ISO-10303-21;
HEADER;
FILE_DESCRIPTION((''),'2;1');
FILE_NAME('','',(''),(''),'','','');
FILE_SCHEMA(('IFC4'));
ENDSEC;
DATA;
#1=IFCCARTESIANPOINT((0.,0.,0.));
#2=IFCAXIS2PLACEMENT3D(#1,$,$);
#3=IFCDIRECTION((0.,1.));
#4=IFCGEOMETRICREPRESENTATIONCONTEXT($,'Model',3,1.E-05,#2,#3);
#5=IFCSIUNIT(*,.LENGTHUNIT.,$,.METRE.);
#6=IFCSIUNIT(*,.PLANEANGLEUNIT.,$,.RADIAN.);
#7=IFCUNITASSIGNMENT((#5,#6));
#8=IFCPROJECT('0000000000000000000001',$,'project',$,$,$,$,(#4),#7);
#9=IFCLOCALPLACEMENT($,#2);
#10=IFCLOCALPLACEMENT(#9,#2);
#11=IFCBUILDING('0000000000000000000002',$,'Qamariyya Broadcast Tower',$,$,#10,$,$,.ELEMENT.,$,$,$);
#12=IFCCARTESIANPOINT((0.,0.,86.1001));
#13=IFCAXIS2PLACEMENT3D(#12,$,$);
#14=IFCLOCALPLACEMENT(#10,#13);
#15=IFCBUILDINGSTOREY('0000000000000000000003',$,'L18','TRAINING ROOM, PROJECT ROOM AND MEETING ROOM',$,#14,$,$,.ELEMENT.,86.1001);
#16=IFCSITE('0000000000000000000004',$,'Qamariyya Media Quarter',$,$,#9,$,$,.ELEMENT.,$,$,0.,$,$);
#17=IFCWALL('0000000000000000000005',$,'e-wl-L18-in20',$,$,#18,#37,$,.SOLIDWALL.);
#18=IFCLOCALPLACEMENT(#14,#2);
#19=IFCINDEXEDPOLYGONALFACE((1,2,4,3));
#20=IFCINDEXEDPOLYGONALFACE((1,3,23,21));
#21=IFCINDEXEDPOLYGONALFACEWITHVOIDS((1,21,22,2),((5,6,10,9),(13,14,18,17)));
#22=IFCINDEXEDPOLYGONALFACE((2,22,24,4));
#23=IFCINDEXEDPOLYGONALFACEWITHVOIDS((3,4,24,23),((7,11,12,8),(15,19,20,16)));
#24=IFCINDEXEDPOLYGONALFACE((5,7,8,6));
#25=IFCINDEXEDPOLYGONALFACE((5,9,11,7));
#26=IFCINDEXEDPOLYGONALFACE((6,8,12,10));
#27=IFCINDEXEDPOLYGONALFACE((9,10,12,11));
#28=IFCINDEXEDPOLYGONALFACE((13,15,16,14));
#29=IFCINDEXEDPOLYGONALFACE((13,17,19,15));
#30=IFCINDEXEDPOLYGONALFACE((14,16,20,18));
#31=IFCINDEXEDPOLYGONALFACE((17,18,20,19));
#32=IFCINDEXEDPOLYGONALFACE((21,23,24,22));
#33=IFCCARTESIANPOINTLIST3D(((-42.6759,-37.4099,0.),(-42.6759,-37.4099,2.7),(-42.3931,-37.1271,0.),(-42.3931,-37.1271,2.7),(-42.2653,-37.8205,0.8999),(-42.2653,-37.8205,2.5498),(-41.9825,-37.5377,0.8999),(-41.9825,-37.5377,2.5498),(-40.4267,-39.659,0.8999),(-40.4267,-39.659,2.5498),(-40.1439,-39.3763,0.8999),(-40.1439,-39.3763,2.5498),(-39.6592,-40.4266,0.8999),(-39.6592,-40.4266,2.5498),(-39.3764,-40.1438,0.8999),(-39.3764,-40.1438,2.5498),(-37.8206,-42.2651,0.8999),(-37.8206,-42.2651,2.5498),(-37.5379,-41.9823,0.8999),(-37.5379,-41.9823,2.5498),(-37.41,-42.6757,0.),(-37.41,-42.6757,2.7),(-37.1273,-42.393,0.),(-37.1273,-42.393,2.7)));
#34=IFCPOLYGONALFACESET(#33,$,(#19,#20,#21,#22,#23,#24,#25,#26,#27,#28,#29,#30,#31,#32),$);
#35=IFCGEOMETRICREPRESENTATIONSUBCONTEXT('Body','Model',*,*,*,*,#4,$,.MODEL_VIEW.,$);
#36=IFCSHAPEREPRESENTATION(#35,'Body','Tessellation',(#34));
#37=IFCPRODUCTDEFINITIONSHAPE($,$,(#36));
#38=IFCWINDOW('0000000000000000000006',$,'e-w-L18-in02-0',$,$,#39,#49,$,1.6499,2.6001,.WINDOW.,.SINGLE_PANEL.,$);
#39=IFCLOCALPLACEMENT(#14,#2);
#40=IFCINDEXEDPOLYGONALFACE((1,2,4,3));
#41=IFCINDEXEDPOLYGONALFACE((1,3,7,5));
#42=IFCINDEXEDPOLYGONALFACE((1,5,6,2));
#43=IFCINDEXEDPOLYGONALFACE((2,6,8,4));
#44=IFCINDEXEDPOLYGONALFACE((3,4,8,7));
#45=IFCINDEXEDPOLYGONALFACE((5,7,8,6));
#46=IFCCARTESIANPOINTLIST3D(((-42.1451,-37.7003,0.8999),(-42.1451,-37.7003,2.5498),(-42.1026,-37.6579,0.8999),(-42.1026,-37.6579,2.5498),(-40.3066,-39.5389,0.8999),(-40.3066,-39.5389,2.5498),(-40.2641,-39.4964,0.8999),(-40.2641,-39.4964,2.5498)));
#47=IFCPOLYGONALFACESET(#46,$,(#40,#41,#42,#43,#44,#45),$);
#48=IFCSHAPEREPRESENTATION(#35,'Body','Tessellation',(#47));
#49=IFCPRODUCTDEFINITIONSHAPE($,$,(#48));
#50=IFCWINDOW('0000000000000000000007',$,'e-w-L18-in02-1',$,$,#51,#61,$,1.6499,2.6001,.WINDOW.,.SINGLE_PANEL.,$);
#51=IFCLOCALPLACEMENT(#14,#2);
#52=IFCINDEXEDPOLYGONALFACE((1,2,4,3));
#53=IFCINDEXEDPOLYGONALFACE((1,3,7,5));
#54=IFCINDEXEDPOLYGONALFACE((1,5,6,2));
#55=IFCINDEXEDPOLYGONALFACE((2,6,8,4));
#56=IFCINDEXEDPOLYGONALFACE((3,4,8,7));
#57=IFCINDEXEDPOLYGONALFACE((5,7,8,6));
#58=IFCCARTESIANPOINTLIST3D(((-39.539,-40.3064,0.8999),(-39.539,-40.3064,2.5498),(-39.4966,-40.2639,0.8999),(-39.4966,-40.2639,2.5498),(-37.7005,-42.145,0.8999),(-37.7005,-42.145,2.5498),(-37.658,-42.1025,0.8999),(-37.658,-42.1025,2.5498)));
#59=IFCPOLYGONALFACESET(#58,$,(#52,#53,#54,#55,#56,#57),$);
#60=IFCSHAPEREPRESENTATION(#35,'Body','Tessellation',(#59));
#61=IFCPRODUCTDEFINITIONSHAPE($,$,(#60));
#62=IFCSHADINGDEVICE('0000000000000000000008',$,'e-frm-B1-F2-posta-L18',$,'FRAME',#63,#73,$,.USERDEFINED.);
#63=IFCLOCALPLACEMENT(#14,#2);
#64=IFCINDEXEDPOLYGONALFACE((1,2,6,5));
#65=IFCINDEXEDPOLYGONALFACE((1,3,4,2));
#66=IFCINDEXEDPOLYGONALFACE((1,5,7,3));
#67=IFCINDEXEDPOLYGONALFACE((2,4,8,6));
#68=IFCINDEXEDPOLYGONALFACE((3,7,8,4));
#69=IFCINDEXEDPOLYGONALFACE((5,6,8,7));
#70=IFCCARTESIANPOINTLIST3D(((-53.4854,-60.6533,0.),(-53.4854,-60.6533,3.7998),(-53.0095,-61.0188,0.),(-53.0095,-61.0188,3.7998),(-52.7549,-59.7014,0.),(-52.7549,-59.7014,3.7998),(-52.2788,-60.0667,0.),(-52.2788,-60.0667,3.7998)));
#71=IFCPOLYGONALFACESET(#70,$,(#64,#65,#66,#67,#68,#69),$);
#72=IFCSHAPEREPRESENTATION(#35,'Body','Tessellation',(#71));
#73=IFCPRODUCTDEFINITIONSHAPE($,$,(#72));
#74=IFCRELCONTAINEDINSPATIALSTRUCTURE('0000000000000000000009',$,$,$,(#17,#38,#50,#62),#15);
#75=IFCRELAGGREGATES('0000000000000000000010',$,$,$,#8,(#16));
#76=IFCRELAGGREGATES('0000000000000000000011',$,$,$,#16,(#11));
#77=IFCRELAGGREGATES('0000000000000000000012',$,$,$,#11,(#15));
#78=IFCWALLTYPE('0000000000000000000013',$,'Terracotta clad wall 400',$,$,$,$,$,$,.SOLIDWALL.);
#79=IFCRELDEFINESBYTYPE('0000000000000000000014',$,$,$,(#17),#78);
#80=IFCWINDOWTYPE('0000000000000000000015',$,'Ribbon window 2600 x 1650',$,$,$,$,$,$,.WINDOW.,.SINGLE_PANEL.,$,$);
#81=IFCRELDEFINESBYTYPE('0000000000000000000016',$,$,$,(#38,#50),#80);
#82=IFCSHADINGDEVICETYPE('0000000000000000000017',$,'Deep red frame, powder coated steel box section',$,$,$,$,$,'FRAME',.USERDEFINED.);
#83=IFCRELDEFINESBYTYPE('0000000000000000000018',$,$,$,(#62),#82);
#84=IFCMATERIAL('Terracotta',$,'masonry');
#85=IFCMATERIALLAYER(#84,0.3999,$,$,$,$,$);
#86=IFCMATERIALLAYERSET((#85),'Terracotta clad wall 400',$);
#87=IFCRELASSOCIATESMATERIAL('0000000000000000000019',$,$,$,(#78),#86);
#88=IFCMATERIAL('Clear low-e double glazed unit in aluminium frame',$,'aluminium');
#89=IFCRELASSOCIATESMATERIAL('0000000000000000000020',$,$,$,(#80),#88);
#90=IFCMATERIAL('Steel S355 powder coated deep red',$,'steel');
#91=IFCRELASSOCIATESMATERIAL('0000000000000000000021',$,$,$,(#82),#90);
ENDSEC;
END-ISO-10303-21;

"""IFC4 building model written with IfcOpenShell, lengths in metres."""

from ifc_helpers import new_model, si_unit, direction, frame, frame_2d, origin, place, context, subcontext, project, spatial, polyline, rectangle, outline, extrude, material, layer, layer_set, type_object, element, fill, save


model = new_model("IFC4")

# Units and contexts
model_context = context("Model", 3, precision=1e-05, world=origin(), true_north=direction((0.0, 1.0)))
body_context = subcontext(model_context, "Body", "Model", "MODEL_VIEW")
ifc_project = project(units=[si_unit("LENGTHUNIT", "METRE"), si_unit("PLANEANGLEUNIT", "RADIAN")], contexts=[model_context])

# Site, building, storey
site_placement = place(None, origin())
site = spatial("IfcSite", under=ifc_project, at=site_placement, Name="Qamariyya Media Quarter", CompositionType="ELEMENT", RefElevation=0.0)
building_placement = place(site_placement, origin())
building = spatial("IfcBuilding", under=site, at=building_placement, Name="Qamariyya Broadcast Tower", CompositionType="ELEMENT")
storey_placement = place(building_placement, frame((0.0, 0.0, 86.1001)))
storey = spatial("IfcBuildingStorey", under=building, at=storey_placement, Name="L18", Description="TRAINING ROOM, PROJECT ROOM AND MEETING ROOM", CompositionType="ELEMENT", Elevation=86.1001)

# Wall, openings, windows
ifc_material_1 = material(Name="Terracotta", Category="masonry")
ifc_layer_1 = layer(ifc_material_1, 0.3999)
ifc_layer_set_1 = layer_set([ifc_layer_1], Name="Terracotta clad wall 400")
wall_type = type_object("IfcWallType", Name="Terracotta clad wall 400", PredefinedType="SOLIDWALL", material=ifc_layer_set_1)
wall_placement = place(storey_placement, frame((-37.2686, -42.5344, 0.0), z_axis=(0.0, 0.0, 1.0), x_axis=(-0.707107, 0.707107, 0.0)))
wall = element("IfcWall", 1, at=wall_placement, inside=storey, type_object=wall_type, Name="e-wl-L18-in20", PredefinedType="SOLIDWALL", context=body_context, shape_type="SweptSolid", body=[
    extrude(rectangle(XDim=7.447, YDim=0.3999, at=frame_2d((3.7236, 0.0))), origin(), (0.0, 0.0, 1.0), 2.7),
])
opening_1_placement = place(wall_placement, frame((4.2664, 0.0, 0.8999)))
opening_1 = element("IfcOpeningElement", 2, at=opening_1_placement, cuts=wall, PredefinedType="OPENING", context=body_context, shape_type="SweptSolid", body=[
    extrude(rectangle(XDim=2.6001, YDim=1.6499, at=frame_2d((1.3, 0.825))), frame((0.0, 0.21, 0.0), z_axis=(0.0, -1.0, 0.0), x_axis=(1.0, 0.0, 0.0)), (0.0, 0.0, 1.0), 0.4199),
])
opening_2_placement = place(wall_placement, frame((0.5808, 0.0, 0.8999)))
opening_2 = element("IfcOpeningElement", 3, at=opening_2_placement, cuts=wall, PredefinedType="OPENING", context=body_context, shape_type="SweptSolid", body=[
    extrude(rectangle(XDim=2.6001, YDim=1.6499, at=frame_2d((1.3, 0.825))), frame((0.0, 0.21, 0.0), z_axis=(0.0, -1.0, 0.0), x_axis=(1.0, 0.0, 0.0)), (0.0, 0.0, 1.0), 0.4199),
])
ifc_material_2 = material(Name="Clear low-e double glazed unit in aluminium frame", Category="aluminium")
window_type = type_object("IfcWindowType", Name="Ribbon window 2600 x 1650", PartitioningType="SINGLE_PANEL", PredefinedType="WINDOW", material=ifc_material_2)
window_1_placement = place(opening_1_placement, origin())
window_1 = element("IfcWindow", 4, at=window_1_placement, inside=storey, type_object=window_type, Name="e-w-L18-in02-0", OverallHeight=1.6499, OverallWidth=2.6001, PartitioningType="SINGLE_PANEL", PredefinedType="WINDOW", context=body_context, shape_type="SweptSolid", body=[
    extrude(rectangle(XDim=2.6001, YDim=1.6499, at=frame_2d((1.3, 0.825))), frame((0.0, 0.03, 0.0), z_axis=(0.0, -1.0, 0.0), x_axis=(1.0, 0.0, 0.0)), (0.0, 0.0, 1.0), 0.0601),
])
fill(opening_1, window_1)
window_2_placement = place(opening_2_placement, origin())
window_2 = element("IfcWindow", 5, at=window_2_placement, inside=storey, type_object=window_type, Name="e-w-L18-in02-1", OverallHeight=1.6499, OverallWidth=2.6001, PartitioningType="SINGLE_PANEL", PredefinedType="WINDOW", context=body_context, shape_type="SweptSolid", body=[
    extrude(rectangle(XDim=2.6001, YDim=1.6499, at=frame_2d((1.3, 0.825))), frame((0.0, 0.03, 0.0), z_axis=(0.0, -1.0, 0.0), x_axis=(1.0, 0.0, 0.0)), (0.0, 0.0, 1.0), 0.0601),
])
fill(opening_2, window_2)

# Shading device
ifc_material_3 = material(Name="Steel S355 powder coated deep red", Category="steel")
shading_device_type = type_object("IfcShadingDeviceType", Name="Deep red frame, powder coated steel box section", ElementType="FRAME", PredefinedType="USERDEFINED", material=ifc_material_3)
shading_device_placement = place(storey_placement, origin())
element("IfcShadingDevice", 6, at=shading_device_placement, inside=storey, type_object=shading_device_type, Name="e-frm-B1-F2-posta-L18", ObjectType="FRAME", PredefinedType="USERDEFINED", context=body_context, shape_type="SweptSolid", body=[
    extrude(outline(polyline([(-52.7549, -59.7014), (-53.4854, -60.6533), (-53.0095, -61.0188), (-52.2788, -60.0667), (-52.7549, -59.7014)])), origin(), (0.0, 0.0, 1.0), 3.7998),
])

save(model, "model.ifc")
